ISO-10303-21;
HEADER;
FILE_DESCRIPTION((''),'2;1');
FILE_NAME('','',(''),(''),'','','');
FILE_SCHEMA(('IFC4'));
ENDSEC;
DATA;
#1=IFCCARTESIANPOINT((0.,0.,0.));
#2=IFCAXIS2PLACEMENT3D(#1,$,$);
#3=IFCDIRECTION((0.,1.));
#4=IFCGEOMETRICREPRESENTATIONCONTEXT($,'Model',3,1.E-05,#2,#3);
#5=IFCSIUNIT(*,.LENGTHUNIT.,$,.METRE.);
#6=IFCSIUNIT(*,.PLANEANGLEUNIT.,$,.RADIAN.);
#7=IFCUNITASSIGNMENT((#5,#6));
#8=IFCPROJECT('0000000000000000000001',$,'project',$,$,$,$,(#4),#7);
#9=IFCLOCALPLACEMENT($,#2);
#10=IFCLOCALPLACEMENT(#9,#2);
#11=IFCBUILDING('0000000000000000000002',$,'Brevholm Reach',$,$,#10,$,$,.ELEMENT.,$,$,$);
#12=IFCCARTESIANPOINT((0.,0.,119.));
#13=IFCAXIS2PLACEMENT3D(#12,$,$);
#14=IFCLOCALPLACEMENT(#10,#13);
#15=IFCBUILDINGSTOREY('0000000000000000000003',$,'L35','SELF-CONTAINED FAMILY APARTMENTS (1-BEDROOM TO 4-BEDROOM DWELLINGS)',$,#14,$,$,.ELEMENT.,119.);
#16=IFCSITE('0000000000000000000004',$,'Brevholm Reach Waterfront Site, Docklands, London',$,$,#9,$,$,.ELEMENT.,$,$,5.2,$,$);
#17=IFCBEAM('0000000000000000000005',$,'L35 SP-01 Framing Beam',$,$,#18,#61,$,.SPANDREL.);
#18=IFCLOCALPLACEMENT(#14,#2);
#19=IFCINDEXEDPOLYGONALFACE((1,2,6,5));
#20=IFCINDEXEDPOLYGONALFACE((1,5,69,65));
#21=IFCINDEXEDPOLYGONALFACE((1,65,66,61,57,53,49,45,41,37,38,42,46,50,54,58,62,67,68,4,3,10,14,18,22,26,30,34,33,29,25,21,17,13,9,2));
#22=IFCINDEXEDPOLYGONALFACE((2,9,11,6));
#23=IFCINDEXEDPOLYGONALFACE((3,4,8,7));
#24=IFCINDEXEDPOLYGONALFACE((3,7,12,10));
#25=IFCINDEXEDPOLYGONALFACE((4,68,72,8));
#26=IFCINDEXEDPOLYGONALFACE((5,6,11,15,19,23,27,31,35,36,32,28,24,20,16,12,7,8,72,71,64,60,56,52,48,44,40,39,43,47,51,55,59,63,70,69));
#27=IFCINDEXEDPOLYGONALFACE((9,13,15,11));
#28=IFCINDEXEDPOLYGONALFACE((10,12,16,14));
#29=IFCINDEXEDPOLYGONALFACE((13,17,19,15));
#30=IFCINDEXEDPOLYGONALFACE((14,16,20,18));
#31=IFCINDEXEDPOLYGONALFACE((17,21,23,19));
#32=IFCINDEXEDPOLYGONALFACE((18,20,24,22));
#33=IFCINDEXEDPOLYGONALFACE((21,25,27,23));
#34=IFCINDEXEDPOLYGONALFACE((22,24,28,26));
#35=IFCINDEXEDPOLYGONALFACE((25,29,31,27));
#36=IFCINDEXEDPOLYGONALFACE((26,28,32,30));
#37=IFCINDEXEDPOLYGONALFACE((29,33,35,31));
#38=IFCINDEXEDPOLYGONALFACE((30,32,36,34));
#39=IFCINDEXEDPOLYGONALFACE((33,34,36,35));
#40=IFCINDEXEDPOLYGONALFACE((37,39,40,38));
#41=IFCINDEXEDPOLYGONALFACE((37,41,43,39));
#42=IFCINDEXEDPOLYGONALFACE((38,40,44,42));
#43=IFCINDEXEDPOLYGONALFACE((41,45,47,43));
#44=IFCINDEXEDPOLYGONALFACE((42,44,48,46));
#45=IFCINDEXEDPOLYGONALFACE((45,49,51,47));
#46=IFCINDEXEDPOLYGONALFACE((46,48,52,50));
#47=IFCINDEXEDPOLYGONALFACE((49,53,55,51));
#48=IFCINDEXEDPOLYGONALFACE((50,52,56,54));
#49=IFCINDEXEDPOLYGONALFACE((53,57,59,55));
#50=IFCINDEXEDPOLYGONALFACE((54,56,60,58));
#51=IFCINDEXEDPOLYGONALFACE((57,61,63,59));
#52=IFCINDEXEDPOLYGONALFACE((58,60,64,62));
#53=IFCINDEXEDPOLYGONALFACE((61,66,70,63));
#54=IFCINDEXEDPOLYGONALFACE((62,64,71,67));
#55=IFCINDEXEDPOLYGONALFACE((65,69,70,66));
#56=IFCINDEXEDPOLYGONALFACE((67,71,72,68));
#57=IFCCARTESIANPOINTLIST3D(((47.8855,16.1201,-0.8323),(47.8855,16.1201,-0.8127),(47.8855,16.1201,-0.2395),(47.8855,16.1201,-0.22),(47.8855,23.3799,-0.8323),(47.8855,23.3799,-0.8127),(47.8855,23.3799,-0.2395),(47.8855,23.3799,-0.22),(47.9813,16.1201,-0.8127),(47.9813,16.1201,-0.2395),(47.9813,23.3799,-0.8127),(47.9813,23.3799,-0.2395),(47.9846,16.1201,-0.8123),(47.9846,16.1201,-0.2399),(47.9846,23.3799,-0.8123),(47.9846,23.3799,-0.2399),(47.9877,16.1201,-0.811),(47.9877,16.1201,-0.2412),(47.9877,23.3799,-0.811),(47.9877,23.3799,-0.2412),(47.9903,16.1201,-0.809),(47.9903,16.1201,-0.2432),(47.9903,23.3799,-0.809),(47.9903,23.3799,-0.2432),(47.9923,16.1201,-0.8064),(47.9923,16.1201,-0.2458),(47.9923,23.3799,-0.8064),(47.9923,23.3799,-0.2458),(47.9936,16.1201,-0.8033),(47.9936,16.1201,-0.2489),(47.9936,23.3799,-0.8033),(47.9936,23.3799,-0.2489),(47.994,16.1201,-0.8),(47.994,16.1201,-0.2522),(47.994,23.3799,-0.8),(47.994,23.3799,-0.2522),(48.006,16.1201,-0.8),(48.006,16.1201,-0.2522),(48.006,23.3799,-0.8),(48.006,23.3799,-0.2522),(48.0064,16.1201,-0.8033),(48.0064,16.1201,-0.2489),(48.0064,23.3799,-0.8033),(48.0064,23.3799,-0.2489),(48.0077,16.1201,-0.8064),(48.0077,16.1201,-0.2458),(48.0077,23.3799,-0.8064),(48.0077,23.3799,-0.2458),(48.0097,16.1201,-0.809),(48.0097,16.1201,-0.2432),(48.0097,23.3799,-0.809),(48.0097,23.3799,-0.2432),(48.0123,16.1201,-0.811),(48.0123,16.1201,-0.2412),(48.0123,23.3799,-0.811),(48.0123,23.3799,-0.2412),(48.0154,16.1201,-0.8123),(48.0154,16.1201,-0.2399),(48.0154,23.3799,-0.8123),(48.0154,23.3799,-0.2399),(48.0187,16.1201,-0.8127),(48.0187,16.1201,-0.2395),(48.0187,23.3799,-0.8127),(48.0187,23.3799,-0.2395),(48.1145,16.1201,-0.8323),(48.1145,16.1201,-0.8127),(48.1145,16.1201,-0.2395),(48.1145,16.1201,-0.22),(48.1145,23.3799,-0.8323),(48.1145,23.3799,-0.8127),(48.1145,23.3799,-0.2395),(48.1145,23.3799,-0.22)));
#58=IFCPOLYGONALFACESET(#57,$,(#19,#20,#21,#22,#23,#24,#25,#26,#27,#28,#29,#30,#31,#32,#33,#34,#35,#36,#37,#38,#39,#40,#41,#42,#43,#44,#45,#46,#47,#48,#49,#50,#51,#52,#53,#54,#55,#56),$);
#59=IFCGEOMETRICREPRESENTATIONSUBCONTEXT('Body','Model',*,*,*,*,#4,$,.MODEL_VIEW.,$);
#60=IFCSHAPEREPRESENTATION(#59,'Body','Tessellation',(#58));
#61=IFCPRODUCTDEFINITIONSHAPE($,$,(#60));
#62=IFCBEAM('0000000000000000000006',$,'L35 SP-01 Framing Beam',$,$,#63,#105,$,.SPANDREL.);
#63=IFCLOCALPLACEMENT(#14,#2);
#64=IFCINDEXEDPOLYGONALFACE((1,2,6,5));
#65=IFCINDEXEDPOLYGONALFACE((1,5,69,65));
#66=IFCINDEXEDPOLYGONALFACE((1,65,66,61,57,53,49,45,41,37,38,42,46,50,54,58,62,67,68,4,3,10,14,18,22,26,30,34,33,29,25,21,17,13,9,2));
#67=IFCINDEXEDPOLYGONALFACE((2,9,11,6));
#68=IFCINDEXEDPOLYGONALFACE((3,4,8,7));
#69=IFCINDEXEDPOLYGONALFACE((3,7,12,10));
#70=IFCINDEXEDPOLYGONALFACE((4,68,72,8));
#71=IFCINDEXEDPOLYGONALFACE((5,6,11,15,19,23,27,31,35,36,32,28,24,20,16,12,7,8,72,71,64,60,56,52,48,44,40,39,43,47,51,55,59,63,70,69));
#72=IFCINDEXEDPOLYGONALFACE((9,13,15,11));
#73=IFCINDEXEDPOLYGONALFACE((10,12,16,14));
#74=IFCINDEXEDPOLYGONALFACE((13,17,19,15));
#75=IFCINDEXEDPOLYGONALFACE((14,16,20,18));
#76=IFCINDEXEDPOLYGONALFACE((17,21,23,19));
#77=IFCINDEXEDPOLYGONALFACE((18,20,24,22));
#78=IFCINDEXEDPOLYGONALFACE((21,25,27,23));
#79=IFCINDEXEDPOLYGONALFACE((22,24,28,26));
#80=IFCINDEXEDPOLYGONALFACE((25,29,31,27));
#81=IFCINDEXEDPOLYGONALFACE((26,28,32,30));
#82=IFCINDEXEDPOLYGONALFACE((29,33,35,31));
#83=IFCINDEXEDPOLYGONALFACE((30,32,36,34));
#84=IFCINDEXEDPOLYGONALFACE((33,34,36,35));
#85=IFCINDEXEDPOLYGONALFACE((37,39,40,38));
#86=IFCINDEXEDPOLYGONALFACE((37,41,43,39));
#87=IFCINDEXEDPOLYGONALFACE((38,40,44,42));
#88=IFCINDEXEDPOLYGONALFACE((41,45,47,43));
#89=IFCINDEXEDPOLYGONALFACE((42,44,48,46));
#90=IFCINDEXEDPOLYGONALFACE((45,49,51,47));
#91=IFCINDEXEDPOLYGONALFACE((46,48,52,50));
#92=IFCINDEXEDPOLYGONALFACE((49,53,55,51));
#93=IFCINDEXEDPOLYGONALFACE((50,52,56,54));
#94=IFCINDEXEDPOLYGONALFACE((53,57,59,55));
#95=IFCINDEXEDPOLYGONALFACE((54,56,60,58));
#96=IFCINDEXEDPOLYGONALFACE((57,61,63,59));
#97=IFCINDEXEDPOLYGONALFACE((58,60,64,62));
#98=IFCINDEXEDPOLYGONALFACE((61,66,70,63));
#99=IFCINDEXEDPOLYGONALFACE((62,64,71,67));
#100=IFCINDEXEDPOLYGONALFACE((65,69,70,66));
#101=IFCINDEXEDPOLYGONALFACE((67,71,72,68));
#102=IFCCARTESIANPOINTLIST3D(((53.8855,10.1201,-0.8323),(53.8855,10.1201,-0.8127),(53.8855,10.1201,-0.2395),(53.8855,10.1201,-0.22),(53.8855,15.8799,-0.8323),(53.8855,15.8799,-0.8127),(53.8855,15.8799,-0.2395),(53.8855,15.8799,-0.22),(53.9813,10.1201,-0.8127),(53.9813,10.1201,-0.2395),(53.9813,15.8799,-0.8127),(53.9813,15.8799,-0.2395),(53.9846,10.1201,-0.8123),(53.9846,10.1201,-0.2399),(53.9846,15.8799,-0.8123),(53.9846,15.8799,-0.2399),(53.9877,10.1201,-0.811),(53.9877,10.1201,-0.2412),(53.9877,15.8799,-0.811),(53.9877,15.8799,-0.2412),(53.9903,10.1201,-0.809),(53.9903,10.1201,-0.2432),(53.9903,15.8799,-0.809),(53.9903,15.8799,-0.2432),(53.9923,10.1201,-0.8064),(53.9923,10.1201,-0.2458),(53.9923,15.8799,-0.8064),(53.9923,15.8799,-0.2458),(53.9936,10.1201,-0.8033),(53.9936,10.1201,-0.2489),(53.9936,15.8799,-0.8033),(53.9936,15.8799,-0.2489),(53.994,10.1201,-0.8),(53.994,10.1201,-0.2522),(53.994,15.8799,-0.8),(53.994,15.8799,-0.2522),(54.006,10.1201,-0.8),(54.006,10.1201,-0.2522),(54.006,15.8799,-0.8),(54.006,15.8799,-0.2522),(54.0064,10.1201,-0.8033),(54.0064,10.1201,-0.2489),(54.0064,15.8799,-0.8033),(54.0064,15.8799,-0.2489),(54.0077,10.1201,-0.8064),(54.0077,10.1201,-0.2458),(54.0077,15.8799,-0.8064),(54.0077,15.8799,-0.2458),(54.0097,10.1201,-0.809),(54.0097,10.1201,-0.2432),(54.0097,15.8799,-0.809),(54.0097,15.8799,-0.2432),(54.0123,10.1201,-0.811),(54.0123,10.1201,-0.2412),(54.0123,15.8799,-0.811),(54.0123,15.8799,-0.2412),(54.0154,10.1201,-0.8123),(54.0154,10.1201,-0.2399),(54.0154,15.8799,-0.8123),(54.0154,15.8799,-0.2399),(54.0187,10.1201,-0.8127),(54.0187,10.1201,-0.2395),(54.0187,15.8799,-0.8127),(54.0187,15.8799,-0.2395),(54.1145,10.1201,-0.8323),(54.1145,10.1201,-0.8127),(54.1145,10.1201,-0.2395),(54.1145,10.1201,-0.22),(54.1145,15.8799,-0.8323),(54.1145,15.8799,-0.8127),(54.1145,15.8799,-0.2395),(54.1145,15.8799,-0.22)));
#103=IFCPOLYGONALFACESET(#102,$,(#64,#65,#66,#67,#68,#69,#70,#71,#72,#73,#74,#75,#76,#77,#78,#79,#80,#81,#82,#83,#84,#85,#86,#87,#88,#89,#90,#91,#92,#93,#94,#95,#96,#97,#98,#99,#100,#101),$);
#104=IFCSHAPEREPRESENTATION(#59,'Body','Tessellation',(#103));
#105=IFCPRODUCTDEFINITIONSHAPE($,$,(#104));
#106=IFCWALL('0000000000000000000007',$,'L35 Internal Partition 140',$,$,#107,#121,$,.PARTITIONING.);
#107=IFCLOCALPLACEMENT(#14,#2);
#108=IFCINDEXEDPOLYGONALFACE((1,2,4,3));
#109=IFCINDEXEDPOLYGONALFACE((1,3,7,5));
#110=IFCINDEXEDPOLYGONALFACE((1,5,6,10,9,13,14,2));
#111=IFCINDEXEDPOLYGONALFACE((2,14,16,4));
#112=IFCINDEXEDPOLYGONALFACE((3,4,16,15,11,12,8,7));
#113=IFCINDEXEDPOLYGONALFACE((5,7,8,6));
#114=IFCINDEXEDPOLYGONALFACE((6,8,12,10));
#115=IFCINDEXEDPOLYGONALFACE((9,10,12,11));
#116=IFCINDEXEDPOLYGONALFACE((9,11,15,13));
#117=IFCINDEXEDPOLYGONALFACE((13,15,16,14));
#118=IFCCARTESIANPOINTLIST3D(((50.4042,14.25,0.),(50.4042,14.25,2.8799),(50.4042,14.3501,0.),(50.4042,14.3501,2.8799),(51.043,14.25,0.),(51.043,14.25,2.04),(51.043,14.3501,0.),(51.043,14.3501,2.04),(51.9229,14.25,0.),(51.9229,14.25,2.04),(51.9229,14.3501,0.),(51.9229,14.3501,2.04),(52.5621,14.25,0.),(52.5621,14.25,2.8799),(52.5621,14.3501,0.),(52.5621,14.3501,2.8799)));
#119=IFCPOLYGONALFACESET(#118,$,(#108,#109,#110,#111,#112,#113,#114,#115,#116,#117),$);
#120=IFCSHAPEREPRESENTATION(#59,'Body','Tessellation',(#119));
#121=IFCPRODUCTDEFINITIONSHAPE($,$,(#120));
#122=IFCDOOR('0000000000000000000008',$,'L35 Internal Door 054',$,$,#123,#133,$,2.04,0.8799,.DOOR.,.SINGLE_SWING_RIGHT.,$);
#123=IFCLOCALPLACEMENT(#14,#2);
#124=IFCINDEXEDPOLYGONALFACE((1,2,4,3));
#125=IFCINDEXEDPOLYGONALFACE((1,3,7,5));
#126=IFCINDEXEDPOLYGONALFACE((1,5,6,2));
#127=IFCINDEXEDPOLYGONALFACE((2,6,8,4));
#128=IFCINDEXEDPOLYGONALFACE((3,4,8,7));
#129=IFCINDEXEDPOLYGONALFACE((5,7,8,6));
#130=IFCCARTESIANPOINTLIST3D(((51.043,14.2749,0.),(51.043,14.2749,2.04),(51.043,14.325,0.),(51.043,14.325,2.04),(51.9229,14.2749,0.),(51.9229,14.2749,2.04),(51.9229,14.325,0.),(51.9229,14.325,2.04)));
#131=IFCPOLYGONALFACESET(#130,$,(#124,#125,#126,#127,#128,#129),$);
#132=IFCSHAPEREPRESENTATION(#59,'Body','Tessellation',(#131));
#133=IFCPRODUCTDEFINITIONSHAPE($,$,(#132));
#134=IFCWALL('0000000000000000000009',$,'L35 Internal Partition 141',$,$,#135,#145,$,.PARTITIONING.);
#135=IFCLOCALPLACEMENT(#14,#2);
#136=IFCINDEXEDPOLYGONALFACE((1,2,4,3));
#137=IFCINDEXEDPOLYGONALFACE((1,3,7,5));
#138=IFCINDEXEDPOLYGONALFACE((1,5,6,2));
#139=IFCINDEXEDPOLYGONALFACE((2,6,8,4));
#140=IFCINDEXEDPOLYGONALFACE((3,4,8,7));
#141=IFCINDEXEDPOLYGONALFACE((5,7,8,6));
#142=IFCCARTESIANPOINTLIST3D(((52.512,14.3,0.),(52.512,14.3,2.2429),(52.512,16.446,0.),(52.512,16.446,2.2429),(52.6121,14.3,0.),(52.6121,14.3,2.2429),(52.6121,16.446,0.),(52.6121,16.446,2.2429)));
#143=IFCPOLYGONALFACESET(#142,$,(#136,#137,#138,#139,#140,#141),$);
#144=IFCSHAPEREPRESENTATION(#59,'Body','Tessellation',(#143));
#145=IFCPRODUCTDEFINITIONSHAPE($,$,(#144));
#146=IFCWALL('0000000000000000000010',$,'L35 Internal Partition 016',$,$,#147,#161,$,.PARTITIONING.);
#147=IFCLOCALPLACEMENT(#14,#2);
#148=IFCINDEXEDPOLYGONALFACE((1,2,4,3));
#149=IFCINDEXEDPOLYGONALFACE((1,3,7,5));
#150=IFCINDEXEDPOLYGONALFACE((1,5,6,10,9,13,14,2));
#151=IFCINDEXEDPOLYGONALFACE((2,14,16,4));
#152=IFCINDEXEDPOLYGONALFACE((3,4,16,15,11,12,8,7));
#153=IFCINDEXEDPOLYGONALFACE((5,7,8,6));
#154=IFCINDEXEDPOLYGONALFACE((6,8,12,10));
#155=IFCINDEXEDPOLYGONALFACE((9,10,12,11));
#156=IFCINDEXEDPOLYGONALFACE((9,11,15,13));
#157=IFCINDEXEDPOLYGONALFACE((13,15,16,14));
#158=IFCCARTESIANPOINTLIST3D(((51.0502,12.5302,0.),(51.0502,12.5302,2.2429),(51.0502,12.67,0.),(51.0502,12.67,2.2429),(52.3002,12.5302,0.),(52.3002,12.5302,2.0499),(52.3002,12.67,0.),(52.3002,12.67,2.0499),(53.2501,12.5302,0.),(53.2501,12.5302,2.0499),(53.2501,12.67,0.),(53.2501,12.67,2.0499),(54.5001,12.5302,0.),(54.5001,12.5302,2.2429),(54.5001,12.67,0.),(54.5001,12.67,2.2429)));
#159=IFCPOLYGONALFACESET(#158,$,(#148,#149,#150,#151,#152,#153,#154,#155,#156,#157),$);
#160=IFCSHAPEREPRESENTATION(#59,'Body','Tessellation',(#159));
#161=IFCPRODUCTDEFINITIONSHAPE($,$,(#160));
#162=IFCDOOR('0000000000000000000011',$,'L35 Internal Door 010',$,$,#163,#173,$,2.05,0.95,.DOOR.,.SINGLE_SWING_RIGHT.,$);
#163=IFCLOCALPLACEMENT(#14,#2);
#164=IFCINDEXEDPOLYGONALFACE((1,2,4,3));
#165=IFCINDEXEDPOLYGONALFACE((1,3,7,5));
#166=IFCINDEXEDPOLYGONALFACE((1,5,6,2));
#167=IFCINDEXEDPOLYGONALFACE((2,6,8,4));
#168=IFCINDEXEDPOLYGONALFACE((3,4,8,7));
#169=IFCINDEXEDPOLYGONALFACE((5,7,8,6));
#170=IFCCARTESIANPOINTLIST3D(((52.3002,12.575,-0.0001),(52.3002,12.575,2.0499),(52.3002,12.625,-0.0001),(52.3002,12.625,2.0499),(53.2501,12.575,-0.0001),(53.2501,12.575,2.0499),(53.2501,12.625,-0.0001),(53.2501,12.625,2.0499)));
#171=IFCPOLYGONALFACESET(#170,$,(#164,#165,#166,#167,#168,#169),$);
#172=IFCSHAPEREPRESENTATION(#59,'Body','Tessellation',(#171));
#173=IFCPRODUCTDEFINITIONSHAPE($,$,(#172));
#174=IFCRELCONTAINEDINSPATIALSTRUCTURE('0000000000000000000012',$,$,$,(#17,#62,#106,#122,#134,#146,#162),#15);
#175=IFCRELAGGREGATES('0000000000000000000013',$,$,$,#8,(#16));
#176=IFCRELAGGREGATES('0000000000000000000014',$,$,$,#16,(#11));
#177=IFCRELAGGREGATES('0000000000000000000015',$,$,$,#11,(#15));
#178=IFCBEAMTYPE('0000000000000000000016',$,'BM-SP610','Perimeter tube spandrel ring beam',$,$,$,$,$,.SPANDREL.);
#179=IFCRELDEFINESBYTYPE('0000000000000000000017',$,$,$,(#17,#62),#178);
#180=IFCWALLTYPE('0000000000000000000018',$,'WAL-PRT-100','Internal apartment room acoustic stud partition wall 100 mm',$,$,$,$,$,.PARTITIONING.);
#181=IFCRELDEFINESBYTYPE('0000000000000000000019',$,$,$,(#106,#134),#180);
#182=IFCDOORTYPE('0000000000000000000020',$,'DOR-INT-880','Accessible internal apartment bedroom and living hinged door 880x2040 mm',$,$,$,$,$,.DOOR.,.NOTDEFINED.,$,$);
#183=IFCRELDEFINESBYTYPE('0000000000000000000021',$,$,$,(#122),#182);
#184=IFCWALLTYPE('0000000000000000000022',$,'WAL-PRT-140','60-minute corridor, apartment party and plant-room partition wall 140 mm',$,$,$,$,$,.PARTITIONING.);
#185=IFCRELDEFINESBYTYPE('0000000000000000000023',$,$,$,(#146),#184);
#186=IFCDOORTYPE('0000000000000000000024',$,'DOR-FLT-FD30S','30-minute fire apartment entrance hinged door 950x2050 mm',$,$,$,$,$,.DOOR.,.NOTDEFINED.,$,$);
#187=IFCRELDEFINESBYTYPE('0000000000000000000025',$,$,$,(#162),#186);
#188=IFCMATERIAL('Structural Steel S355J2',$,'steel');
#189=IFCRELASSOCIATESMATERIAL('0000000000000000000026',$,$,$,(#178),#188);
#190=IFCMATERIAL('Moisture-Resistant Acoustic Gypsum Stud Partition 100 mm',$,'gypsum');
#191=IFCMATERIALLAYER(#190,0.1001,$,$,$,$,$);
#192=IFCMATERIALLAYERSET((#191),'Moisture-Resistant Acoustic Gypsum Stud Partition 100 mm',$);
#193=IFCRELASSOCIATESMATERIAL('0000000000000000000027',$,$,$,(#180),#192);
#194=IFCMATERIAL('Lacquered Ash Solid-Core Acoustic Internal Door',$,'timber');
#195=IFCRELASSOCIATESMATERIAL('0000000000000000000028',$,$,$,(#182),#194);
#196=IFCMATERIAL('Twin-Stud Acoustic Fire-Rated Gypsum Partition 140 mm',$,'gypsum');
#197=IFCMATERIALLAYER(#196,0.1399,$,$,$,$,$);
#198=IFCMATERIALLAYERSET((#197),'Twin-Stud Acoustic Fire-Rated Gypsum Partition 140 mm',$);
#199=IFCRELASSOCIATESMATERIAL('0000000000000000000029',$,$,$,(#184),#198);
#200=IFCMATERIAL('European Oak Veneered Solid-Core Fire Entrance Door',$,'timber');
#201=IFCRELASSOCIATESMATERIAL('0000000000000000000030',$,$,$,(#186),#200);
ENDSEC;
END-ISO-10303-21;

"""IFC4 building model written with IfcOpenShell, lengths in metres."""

from ifc_helpers import new_model, si_unit, direction, frame, frame_2d, origin, origin_2d, place, context, subcontext, project, spatial, rectangle, i_section, extrude, material, layer, layer_set, material_profile, profile_set, type_object, element, fill, save


model = new_model("IFC4")

# Units and contexts
model_context = context("Model", 3, precision=1e-05, world=origin(), true_north=direction((0.0, 1.0)))
body_context = subcontext(model_context, "Body", "Model", "MODEL_VIEW")
ifc_project = project(units=[si_unit("LENGTHUNIT", "METRE"), si_unit("PLANEANGLEUNIT", "RADIAN")], contexts=[model_context])

# Site, building, storey
site_placement = place(None, origin())
site = spatial("IfcSite", under=ifc_project, at=site_placement, Name="Brevholm Reach Waterfront Site, Docklands, London", CompositionType="ELEMENT", RefElevation=5.2)
building_placement = place(site_placement, origin())
building = spatial("IfcBuilding", under=site, at=building_placement, Name="Brevholm Reach", CompositionType="ELEMENT")
storey_placement = place(building_placement, frame((0.0, 0.0, 119.0)))
storey = spatial("IfcBuildingStorey", under=building, at=storey_placement, Name="L35", Description="SELF-CONTAINED FAMILY APARTMENTS (1-BEDROOM TO 4-BEDROOM DWELLINGS)", CompositionType="ELEMENT", Elevation=119.0)

# Beams
ifc_material_1 = material(Name="Structural Steel S355J2", Category="steel")
ifc_material_profile_1 = material_profile(ifc_material_1, i_section(OverallWidth=0.229, OverallDepth=0.6123, WebThickness=0.012, FlangeThickness=0.0195, FilletRadius=0.0127, at=origin_2d()), Name="UKB 610x229x125")
ifc_profile_set_1 = profile_set([ifc_material_profile_1], Name="Structural Steel S355J2")
beam_type = type_object("IfcBeamType", Name="BM-SP610", Description="Perimeter tube spandrel ring beam", PredefinedType="SPANDREL", material=ifc_profile_set_1)
beam_1_placement = place(storey_placement, frame((48.0, 16.1201, -0.5261), z_axis=(0.0, 1.0, 0.0), x_axis=(-1.0, 0.0, 0.0)))
element("IfcBeam", 1, at=beam_1_placement, inside=storey, type_object=beam_type, Name="L35 SP-01 Framing Beam", PredefinedType="SPANDREL", context=body_context, shape_type="SweptSolid", body=[
    extrude(i_section(OverallWidth=0.229, OverallDepth=0.6123, WebThickness=0.012, FlangeThickness=0.0195, FilletRadius=0.0127, at=origin_2d()), origin(), (0.0, 0.0, 1.0), 7.2598),
])
beam_2_placement = place(storey_placement, frame((54.0, 10.1201, -0.5261), z_axis=(0.0, 1.0, 0.0), x_axis=(-1.0, 0.0, 0.0)))
element("IfcBeam", 2, at=beam_2_placement, inside=storey, type_object=beam_type, Name="L35 SP-01 Framing Beam", PredefinedType="SPANDREL", context=body_context, shape_type="SweptSolid", body=[
    extrude(i_section(OverallWidth=0.229, OverallDepth=0.6123, WebThickness=0.012, FlangeThickness=0.0195, FilletRadius=0.0127, at=origin_2d()), origin(), (0.0, 0.0, 1.0), 5.7598),
])

# Wall, opening, door
ifc_material_2 = material(Name="Moisture-Resistant Acoustic Gypsum Stud Partition 100 mm", Category="gypsum")
ifc_layer_1 = layer(ifc_material_2, 0.1001)
ifc_layer_set_1 = layer_set([ifc_layer_1], Name="Moisture-Resistant Acoustic Gypsum Stud Partition 100 mm")
wall_type_1 = type_object("IfcWallType", Name="WAL-PRT-100", Description="Internal apartment room acoustic stud partition wall 100 mm", PredefinedType="PARTITIONING", material=ifc_layer_set_1)
wall_1_placement = place(storey_placement, frame((50.4041, 14.3, 0.0), z_axis=(0.0, 0.0, 1.0), x_axis=(1.0, 0.0, 0.0)))
wall_1 = element("IfcWall", 3, at=wall_1_placement, inside=storey, type_object=wall_type_1, Name="L35 Internal Partition 140", PredefinedType="PARTITIONING", context=body_context, shape_type="SweptSolid", body=[
    extrude(rectangle(XDim=2.158, YDim=0.1001, at=frame_2d((1.0791, 0.0))), origin(), (0.0, 0.0, 1.0), 2.8799),
])
opening_1_placement = place(wall_1_placement, frame((0.6389, 0.0, 0.0)))
opening_1 = element("IfcOpeningElement", 4, at=opening_1_placement, cuts=wall_1, PredefinedType="OPENING", context=body_context, shape_type="SweptSolid", body=[
    extrude(rectangle(XDim=0.8799, YDim=2.04, at=frame_2d((0.4399, 1.02))), frame((0.0, 0.0601, 0.0), z_axis=(0.0, -1.0, 0.0), x_axis=(1.0, 0.0, 0.0)), (0.0, 0.0, 1.0), 0.1201),
])
ifc_material_3 = material(Name="Lacquered Ash Solid-Core Acoustic Internal Door", Category="timber")
door_type_1 = type_object("IfcDoorType", Name="DOR-INT-880", Description="Accessible internal apartment bedroom and living hinged door 880x2040 mm", OperationType="NOTDEFINED", PredefinedType="DOOR", material=ifc_material_3)
door_1_placement = place(opening_1_placement, origin())
door_1 = element("IfcDoor", 5, at=door_1_placement, inside=storey, type_object=door_type_1, Name="L35 Internal Door 054", OperationType="SINGLE_SWING_RIGHT", OverallHeight=2.04, OverallWidth=0.8799, PredefinedType="DOOR", context=body_context, shape_type="SweptSolid", body=[
    extrude(rectangle(XDim=0.8799, YDim=2.04, at=frame_2d((0.4399, 1.02))), frame((0.0, 0.0249, 0.0), z_axis=(0.0, -1.0, 0.0), x_axis=(1.0, 0.0, 0.0)), (0.0, 0.0, 1.0), 0.05),
])
fill(opening_1, door_1)

# Wall
wall_2_placement = place(storey_placement, frame((52.562, 14.3, 0.0), z_axis=(0.0, 0.0, 1.0), x_axis=(0.0, 1.0, 0.0)))
element("IfcWall", 6, at=wall_2_placement, inside=storey, type_object=wall_type_1, Name="L35 Internal Partition 141", PredefinedType="PARTITIONING", context=body_context, shape_type="SweptSolid", body=[
    extrude(rectangle(XDim=2.146, YDim=0.1001, at=frame_2d((1.073, 0.0))), origin(), (0.0, 0.0, 1.0), 2.2429),
])

# Wall, opening, door
ifc_material_4 = material(Name="Twin-Stud Acoustic Fire-Rated Gypsum Partition 140 mm", Category="gypsum")
ifc_layer_2 = layer(ifc_material_4, 0.1399)
ifc_layer_set_2 = layer_set([ifc_layer_2], Name="Twin-Stud Acoustic Fire-Rated Gypsum Partition 140 mm")
wall_type_2 = type_object("IfcWallType", Name="WAL-PRT-140", Description="60-minute corridor, apartment party and plant-room partition wall 140 mm", PredefinedType="PARTITIONING", material=ifc_layer_set_2)
wall_3_placement = place(storey_placement, frame((51.05, 12.6001, 0.0), z_axis=(0.0, 0.0, 1.0), x_axis=(1.0, 0.0, 0.0)))
wall_3 = element("IfcWall", 7, at=wall_3_placement, inside=storey, type_object=wall_type_2, Name="L35 Internal Partition 016", PredefinedType="PARTITIONING", context=body_context, shape_type="SweptSolid", body=[
    extrude(rectangle(XDim=3.45, YDim=0.1399, at=frame_2d((1.7251, 0.0))), origin(), (0.0, 0.0, 1.0), 2.2429),
])
opening_2_placement = place(wall_3_placement, frame((1.25, 0.0, 0.0)))
opening_2 = element("IfcOpeningElement", 8, at=opening_2_placement, cuts=wall_3, PredefinedType="OPENING", context=body_context, shape_type="SweptSolid", body=[
    extrude(rectangle(XDim=0.95, YDim=2.05, at=frame_2d((0.4751, 1.0249))), frame((0.0, 0.0798, 0.0), z_axis=(0.0, -1.0, 0.0), x_axis=(1.0, 0.0, 0.0)), (0.0, 0.0, 1.0), 0.1599),
])
ifc_material_5 = material(Name="European Oak Veneered Solid-Core Fire Entrance Door", Category="timber")
door_type_2 = type_object("IfcDoorType", Name="DOR-FLT-FD30S", Description="30-minute fire apartment entrance hinged door 950x2050 mm", OperationType="NOTDEFINED", PredefinedType="DOOR", material=ifc_material_5)
door_2_placement = place(opening_2_placement, origin())
door_2 = element("IfcDoor", 9, at=door_2_placement, inside=storey, type_object=door_type_2, Name="L35 Internal Door 010", OperationType="SINGLE_SWING_RIGHT", OverallHeight=2.05, OverallWidth=0.95, PredefinedType="DOOR", context=body_context, shape_type="SweptSolid", body=[
    extrude(rectangle(XDim=0.95, YDim=2.05, at=frame_2d((0.4751, 1.0249))), frame((0.0, 0.0249, 0.0), z_axis=(0.0, -1.0, 0.0), x_axis=(1.0, 0.0, 0.0)), (0.0, 0.0, 1.0), 0.05),
])
fill(opening_2, door_2)

save(model, "model.ifc")
